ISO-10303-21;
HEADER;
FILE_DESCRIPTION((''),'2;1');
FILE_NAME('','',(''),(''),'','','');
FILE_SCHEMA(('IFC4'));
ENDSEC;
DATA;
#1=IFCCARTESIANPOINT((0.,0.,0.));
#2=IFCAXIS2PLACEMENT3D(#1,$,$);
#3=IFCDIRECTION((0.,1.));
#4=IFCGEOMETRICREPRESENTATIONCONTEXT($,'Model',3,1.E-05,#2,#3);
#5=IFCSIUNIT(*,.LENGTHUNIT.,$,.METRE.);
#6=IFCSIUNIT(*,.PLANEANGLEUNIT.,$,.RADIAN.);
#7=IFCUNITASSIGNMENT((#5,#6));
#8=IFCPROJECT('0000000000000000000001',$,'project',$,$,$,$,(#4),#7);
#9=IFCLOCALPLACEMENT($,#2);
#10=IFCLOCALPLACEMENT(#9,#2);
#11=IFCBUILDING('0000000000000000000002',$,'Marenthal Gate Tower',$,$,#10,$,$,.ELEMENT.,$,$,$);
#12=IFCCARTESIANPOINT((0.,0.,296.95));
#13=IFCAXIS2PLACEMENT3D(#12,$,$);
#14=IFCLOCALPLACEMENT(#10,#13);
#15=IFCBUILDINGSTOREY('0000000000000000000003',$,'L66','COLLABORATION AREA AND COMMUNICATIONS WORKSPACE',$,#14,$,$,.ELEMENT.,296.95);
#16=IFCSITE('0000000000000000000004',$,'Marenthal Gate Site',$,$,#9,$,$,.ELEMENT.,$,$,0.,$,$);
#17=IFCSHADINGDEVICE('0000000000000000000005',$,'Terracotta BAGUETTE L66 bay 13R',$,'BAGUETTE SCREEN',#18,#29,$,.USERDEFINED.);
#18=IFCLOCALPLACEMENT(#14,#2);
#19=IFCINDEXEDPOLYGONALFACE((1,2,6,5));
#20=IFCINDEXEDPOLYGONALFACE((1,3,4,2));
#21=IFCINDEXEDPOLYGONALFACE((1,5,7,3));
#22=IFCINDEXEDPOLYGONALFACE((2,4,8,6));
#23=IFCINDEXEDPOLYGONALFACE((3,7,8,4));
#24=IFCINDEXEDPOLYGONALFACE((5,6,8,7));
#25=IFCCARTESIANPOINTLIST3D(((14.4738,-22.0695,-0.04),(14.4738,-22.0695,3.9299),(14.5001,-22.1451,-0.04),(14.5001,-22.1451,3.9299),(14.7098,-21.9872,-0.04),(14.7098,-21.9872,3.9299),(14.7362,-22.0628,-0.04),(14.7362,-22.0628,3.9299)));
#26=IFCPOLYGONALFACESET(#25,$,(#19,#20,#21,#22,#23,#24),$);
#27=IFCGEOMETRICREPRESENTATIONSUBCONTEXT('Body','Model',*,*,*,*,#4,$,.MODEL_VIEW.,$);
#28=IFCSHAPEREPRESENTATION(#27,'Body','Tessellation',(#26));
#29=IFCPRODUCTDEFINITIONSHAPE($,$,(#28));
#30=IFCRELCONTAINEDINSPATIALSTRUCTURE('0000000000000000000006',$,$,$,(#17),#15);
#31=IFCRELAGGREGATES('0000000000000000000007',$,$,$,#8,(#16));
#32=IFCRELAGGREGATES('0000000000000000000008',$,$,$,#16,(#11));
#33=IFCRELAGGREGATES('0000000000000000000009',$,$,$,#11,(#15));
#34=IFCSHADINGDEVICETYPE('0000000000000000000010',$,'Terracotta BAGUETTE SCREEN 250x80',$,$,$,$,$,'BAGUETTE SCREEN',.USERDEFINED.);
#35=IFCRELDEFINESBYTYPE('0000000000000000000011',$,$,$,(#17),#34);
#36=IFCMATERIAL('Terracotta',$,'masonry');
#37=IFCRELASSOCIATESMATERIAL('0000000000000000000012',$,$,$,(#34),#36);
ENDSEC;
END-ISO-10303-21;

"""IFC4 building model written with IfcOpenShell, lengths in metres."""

from ifc_helpers import new_model, si_unit, direction, frame, origin, origin_2d, place, context, subcontext, project, spatial, rectangle, extrude, material, material_profile, profile_set, type_object, element, save


model = new_model("IFC4")

# Units and contexts
model_context = context("Model", 3, precision=1e-05, world=origin(), true_north=direction((0.0, 1.0)))
body_context = subcontext(model_context, "Body", "Model", "MODEL_VIEW")
ifc_project = project(units=[si_unit("LENGTHUNIT", "METRE"), si_unit("PLANEANGLEUNIT", "RADIAN")], contexts=[model_context])

# Site, building, storey
site_placement = place(None, origin())
site = spatial("IfcSite", under=ifc_project, at=site_placement, Name="Marenthal Gate Site", CompositionType="ELEMENT", RefElevation=0.0)
building_placement = place(site_placement, origin())
building = spatial("IfcBuilding", under=site, at=building_placement, Name="Marenthal Gate Tower", CompositionType="ELEMENT")
storey_placement = place(building_placement, frame((0.0, 0.0, 296.95)))
storey = spatial("IfcBuildingStorey", under=building, at=storey_placement, Name="L66", Description="COLLABORATION AREA AND COMMUNICATIONS WORKSPACE", CompositionType="ELEMENT", Elevation=296.95)

# Shading device
ifc_material_1 = material(Name="Terracotta", Category="masonry")
ifc_material_profile_1 = material_profile(ifc_material_1, rectangle(XDim=0.25, YDim=0.0801, at=origin_2d()), Name="Terracotta baguette 250x80")
ifc_profile_set_1 = profile_set([ifc_material_profile_1], Name="Terracotta")
shading_device_type = type_object("IfcShadingDeviceType", Name="Terracotta BAGUETTE SCREEN 250x80", ElementType="BAGUETTE SCREEN", PredefinedType="USERDEFINED", material=ifc_profile_set_1)
shading_device_placement = place(storey_placement, frame((14.605, -22.0662, -0.04), z_axis=(0.0, 0.0, 1.0), x_axis=(0.94428, 0.329144, 0.0)))
element("IfcShadingDevice", 1, at=shading_device_placement, inside=storey, type_object=shading_device_type, Name="Terracotta BAGUETTE L66 bay 13R", ObjectType="BAGUETTE SCREEN", PredefinedType="USERDEFINED", context=body_context, shape_type="SweptSolid", body=[
    extrude(rectangle(XDim=0.25, YDim=0.0801, at=origin_2d()), origin(), (0.0, 0.0, 1.0), 3.97),
])

save(model, "model.ifc")
